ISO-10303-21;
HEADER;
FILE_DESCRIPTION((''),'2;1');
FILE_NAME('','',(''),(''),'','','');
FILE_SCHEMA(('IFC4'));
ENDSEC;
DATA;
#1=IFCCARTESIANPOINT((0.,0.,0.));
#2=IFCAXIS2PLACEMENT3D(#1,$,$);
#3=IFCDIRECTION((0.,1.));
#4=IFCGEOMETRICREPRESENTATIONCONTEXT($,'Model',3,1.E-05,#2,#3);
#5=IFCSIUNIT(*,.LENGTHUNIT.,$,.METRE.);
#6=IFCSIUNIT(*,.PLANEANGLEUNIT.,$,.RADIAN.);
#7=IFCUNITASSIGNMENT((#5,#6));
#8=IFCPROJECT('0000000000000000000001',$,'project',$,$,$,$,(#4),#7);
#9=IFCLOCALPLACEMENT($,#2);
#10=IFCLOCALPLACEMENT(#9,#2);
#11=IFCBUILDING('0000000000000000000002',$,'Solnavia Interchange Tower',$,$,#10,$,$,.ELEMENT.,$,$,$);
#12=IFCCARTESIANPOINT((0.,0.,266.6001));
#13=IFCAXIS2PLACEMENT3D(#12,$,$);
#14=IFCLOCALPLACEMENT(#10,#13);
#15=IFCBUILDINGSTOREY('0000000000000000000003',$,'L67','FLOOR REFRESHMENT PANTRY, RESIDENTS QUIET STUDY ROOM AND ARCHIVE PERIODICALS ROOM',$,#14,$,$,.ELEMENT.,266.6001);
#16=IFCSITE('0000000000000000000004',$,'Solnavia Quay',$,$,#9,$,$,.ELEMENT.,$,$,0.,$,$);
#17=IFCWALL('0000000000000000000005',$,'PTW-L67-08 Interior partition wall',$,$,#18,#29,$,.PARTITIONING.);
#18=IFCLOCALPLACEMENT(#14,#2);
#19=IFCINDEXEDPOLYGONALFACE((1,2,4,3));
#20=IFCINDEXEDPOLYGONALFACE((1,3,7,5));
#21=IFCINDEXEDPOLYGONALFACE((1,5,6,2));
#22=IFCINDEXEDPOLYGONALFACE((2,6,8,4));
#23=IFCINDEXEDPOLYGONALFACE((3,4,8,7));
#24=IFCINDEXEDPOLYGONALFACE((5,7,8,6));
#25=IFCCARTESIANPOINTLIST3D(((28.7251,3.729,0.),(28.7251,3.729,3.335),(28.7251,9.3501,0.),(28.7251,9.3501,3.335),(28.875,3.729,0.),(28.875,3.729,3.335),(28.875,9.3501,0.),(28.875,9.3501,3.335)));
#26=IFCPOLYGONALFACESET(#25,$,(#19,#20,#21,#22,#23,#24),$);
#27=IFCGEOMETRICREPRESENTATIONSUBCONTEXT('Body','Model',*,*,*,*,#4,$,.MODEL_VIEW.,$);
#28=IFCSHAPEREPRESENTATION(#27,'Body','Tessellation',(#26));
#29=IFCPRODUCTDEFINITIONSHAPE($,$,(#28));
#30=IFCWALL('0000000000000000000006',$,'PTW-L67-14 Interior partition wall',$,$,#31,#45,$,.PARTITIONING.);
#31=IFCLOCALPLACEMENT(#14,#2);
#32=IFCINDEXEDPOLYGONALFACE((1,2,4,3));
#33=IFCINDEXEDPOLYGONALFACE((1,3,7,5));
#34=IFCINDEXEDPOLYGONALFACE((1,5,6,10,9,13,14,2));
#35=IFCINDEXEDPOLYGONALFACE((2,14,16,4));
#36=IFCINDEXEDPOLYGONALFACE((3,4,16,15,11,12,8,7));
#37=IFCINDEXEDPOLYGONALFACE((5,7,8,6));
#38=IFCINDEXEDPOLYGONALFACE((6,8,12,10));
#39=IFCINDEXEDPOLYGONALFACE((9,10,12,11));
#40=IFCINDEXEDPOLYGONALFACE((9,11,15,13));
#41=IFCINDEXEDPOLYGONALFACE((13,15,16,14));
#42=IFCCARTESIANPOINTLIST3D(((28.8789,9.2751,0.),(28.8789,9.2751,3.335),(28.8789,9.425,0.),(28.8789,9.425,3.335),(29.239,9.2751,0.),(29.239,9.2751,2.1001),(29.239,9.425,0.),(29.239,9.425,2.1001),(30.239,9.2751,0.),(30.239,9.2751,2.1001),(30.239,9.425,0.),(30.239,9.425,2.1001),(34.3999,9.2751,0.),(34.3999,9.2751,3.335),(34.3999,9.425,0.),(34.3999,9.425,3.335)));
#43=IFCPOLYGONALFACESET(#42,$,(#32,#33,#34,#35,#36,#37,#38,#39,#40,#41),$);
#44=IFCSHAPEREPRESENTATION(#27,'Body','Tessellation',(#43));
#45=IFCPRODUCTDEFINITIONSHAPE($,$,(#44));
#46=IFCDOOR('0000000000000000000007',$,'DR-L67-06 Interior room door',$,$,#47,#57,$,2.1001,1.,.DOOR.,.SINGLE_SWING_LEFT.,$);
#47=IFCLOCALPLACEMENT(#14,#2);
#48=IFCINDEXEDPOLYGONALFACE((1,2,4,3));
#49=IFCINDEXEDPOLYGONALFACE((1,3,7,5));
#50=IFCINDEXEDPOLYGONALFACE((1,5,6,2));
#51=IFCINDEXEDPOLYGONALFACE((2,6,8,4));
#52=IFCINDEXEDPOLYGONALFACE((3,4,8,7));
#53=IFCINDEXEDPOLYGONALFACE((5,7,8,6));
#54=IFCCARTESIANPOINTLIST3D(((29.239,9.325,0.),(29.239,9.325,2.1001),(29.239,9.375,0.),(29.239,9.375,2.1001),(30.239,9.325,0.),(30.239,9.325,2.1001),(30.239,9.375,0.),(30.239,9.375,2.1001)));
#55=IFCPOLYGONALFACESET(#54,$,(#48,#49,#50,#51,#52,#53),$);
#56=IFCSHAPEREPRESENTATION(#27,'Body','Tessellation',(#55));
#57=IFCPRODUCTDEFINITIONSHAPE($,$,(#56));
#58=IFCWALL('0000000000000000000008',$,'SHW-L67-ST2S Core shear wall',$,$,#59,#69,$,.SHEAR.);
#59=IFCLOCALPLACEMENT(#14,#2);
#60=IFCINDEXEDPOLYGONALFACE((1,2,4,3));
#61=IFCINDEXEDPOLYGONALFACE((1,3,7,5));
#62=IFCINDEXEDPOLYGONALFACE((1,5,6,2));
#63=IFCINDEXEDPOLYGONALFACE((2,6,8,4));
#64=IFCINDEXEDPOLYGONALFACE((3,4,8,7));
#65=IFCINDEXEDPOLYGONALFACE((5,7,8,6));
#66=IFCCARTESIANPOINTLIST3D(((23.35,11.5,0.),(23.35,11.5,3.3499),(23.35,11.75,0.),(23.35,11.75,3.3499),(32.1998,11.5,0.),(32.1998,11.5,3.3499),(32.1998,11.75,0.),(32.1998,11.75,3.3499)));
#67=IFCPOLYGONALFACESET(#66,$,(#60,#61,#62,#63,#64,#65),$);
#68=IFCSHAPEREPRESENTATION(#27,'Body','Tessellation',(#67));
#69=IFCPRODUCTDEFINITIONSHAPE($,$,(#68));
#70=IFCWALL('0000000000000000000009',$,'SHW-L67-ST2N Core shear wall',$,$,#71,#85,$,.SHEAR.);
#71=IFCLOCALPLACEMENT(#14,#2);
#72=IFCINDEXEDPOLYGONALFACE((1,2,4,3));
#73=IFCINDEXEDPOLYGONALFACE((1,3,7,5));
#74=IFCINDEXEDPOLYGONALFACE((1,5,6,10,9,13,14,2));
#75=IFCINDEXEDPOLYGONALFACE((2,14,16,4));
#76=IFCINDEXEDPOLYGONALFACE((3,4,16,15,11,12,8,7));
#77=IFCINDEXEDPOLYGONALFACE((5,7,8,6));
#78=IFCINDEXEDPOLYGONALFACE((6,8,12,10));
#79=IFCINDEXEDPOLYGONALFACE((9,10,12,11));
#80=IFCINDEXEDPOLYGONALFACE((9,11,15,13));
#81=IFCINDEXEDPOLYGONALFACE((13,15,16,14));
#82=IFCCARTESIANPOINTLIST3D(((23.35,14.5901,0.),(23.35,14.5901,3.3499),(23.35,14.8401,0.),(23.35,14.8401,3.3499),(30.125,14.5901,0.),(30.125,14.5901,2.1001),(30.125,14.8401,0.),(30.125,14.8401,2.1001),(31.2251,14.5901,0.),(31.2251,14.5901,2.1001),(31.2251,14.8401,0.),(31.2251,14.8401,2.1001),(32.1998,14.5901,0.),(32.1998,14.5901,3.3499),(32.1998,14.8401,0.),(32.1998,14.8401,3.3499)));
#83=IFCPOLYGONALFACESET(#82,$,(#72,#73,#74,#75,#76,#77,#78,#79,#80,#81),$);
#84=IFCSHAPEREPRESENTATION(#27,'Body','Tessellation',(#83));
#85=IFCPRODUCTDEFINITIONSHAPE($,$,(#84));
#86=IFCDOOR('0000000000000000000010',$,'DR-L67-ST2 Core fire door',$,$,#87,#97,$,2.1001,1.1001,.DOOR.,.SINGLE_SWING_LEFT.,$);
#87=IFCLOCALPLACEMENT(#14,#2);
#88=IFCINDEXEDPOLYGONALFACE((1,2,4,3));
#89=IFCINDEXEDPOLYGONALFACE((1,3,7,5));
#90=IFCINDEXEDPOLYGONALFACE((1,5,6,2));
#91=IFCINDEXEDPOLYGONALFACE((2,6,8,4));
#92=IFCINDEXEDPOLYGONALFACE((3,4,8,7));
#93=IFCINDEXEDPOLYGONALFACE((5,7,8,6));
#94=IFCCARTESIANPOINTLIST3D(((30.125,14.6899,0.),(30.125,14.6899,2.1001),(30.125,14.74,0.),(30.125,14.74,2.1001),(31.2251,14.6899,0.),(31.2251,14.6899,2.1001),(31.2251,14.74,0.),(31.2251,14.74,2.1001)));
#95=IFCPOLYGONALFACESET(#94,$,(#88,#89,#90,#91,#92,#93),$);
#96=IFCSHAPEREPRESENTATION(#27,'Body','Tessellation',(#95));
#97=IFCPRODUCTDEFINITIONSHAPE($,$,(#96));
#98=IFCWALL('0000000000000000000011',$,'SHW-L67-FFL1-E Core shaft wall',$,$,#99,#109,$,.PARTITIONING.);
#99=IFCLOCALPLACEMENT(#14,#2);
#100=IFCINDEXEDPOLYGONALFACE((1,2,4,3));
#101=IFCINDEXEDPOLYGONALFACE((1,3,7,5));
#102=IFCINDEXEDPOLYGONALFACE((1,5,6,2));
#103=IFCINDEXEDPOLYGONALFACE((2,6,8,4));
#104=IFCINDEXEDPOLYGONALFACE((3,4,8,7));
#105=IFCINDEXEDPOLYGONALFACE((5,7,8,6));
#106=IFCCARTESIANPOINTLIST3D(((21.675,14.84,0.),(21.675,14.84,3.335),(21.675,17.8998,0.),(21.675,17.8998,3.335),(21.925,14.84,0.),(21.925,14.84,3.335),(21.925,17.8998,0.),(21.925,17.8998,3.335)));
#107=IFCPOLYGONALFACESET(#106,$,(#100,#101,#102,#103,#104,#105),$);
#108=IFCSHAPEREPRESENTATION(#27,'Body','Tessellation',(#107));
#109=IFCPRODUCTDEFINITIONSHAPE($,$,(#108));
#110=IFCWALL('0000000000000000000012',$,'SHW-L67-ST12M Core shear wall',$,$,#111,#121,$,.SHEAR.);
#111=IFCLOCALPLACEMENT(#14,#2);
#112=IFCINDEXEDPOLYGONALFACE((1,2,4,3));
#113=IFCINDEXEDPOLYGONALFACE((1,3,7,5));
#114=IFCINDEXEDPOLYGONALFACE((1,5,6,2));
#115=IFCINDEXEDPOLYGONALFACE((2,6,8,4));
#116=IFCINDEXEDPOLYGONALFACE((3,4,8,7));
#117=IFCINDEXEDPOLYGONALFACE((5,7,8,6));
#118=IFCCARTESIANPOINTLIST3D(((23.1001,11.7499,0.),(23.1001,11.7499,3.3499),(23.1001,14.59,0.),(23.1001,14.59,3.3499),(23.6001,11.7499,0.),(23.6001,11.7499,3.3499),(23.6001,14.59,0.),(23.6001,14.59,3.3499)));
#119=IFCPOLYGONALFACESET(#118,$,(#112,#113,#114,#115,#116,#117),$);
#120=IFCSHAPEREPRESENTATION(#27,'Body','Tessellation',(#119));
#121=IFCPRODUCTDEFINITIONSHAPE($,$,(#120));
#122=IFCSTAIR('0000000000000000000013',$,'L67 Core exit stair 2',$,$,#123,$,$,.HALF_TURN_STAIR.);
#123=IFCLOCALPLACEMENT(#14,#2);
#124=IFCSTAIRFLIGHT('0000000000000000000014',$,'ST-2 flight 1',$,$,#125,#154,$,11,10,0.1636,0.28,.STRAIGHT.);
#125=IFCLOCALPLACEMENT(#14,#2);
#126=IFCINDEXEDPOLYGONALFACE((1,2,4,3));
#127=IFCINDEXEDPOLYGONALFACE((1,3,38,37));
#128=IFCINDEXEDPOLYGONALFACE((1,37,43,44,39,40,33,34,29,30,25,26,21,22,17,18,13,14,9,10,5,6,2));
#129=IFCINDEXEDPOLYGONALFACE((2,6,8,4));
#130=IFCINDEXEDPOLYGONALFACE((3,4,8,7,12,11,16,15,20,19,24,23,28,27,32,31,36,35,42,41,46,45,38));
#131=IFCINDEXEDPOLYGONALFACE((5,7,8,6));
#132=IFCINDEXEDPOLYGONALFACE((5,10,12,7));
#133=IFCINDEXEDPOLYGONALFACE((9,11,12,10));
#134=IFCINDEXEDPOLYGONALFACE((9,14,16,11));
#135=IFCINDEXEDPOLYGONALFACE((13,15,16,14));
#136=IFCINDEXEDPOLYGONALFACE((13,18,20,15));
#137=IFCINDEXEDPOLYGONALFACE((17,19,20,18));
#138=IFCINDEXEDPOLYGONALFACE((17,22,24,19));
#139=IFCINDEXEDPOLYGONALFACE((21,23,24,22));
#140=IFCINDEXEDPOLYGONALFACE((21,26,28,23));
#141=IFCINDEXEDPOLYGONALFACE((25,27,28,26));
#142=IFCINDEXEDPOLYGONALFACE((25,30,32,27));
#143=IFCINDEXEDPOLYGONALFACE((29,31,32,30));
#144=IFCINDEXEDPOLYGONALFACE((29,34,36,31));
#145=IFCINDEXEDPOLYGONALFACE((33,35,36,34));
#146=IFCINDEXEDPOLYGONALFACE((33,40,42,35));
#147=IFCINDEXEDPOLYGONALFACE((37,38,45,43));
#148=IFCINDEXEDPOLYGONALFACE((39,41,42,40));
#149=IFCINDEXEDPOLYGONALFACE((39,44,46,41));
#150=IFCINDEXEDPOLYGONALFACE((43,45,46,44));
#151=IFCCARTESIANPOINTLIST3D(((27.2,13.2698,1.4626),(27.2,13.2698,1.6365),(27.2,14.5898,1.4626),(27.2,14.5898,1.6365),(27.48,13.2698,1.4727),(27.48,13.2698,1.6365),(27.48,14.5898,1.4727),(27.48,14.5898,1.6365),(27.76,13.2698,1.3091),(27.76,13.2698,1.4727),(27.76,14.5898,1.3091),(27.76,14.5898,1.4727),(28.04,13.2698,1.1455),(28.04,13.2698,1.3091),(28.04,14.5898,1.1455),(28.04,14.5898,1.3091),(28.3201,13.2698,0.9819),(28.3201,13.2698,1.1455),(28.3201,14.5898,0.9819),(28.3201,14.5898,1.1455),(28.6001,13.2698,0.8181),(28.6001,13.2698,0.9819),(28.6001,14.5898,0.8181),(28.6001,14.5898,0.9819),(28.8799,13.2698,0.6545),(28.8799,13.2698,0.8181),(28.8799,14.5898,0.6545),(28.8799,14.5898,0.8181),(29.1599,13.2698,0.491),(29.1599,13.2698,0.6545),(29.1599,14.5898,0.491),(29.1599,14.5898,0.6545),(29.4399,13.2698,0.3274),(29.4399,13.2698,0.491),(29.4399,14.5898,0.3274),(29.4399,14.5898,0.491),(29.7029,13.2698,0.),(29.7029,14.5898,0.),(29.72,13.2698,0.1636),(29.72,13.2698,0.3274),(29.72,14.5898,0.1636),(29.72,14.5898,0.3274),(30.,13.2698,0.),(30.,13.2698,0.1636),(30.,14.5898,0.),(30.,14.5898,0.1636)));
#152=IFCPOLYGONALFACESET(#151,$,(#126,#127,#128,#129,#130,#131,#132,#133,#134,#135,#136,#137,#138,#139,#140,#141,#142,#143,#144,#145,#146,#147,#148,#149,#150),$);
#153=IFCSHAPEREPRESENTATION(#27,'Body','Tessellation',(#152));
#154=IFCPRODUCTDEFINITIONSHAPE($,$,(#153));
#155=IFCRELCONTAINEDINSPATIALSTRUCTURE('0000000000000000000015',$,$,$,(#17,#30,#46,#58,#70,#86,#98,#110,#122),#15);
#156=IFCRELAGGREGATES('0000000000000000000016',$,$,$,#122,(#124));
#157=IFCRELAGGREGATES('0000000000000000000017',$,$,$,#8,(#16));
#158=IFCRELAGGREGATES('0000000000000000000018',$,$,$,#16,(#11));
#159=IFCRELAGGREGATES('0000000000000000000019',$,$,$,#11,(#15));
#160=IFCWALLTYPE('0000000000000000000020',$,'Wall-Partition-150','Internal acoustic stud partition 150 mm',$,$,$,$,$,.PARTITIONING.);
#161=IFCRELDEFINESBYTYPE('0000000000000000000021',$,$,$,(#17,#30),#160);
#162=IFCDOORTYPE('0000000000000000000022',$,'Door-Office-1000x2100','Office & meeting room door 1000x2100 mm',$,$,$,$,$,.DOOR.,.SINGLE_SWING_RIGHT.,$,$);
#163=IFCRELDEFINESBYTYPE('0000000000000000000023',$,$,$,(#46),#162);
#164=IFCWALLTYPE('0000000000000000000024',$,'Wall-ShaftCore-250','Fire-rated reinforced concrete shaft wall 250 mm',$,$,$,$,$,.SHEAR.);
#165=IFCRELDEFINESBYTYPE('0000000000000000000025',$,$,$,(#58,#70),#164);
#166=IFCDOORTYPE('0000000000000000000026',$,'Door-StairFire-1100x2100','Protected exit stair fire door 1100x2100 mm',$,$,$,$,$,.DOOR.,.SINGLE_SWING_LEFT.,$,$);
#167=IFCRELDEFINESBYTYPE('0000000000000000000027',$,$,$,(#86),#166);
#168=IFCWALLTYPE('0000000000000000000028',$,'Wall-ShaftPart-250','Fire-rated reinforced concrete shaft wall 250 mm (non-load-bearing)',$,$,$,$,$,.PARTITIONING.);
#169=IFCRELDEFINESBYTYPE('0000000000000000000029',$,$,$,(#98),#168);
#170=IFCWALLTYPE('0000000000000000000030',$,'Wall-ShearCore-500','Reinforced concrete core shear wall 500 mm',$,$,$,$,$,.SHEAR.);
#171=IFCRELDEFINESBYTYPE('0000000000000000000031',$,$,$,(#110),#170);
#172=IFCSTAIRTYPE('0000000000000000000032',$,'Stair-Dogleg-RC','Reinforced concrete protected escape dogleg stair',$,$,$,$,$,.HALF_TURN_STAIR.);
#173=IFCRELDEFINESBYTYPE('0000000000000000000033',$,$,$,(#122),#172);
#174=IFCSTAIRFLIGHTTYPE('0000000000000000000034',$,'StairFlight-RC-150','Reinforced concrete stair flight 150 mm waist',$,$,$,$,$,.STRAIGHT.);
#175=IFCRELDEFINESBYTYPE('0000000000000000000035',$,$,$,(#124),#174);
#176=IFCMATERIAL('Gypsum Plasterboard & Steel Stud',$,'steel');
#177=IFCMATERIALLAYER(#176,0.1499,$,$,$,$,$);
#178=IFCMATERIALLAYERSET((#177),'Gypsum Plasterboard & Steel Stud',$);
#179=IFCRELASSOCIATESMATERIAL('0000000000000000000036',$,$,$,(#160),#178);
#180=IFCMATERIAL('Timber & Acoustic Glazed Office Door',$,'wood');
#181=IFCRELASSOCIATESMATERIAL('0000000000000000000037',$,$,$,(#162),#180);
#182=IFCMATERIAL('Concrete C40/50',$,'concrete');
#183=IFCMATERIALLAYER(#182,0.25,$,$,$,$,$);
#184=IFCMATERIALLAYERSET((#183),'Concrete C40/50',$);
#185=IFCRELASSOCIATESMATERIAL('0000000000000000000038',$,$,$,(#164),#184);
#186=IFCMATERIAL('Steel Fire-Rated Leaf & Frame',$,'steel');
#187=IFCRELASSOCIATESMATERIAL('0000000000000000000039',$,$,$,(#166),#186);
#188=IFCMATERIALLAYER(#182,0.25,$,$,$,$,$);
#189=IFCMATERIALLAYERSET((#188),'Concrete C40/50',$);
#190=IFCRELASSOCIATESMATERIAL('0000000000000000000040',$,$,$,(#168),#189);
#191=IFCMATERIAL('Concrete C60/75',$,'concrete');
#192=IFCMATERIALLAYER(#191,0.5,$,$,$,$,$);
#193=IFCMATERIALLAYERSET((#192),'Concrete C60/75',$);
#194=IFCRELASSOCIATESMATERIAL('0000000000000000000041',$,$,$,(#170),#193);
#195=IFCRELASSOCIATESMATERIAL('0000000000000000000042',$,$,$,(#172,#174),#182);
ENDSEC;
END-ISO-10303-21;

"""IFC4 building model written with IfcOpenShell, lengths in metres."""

from ifc_helpers import new_model, si_unit, direction, frame, frame_2d, origin, place, context, subcontext, project, spatial, polyline, rectangle, outline, extrude, material, layer, layer_set, type_object, element, fill, aggregate, save


model = new_model("IFC4")

# Units and contexts
model_context = context("Model", 3, precision=1e-05, world=origin(), true_north=direction((0.0, 1.0)))
body_context = subcontext(model_context, "Body", "Model", "MODEL_VIEW")
ifc_project = project(units=[si_unit("LENGTHUNIT", "METRE"), si_unit("PLANEANGLEUNIT", "RADIAN")], contexts=[model_context])

# Site, building, storey
site_placement = place(None, origin())
site = spatial("IfcSite", under=ifc_project, at=site_placement, Name="Solnavia Quay", CompositionType="ELEMENT", RefElevation=0.0)
building_placement = place(site_placement, origin())
building = spatial("IfcBuilding", under=site, at=building_placement, Name="Solnavia Interchange Tower", CompositionType="ELEMENT")
storey_placement = place(building_placement, frame((0.0, 0.0, 266.6001)))
storey = spatial("IfcBuildingStorey", under=building, at=storey_placement, Name="L67", Description="FLOOR REFRESHMENT PANTRY, RESIDENTS QUIET STUDY ROOM AND ARCHIVE PERIODICALS ROOM", CompositionType="ELEMENT", Elevation=266.6001)

# Shared definitions
ifc_material_1 = material(Name="Concrete C40/50", Category="concrete")

# Wall
ifc_material_2 = material(Name="Gypsum Plasterboard & Steel Stud", Category="steel")
ifc_layer_1 = layer(ifc_material_2, 0.1499)
ifc_layer_set_1 = layer_set([ifc_layer_1], Name="Gypsum Plasterboard & Steel Stud")
wall_type_1 = type_object("IfcWallType", Name="Wall-Partition-150", Description="Internal acoustic stud partition 150 mm", PredefinedType="PARTITIONING", material=ifc_layer_set_1)
wall_1_placement = place(storey_placement, frame((28.8, 9.3501, 0.0), z_axis=(0.0, 0.0, 1.0), x_axis=(0.0, -1.0, 0.0)))
element("IfcWall", 1, at=wall_1_placement, inside=storey, type_object=wall_type_1, Name="PTW-L67-08 Interior partition wall", PredefinedType="PARTITIONING", context=body_context, shape_type="SweptSolid", body=[
    extrude(rectangle(XDim=5.6211, YDim=0.1499, at=frame_2d((2.8105, 0.0))), origin(), (0.0, 0.0, 1.0), 3.335),
])

# Wall, opening, door
wall_2_placement = place(storey_placement, frame((28.8789, 9.3501, 0.0), z_axis=(0.0, 0.0, 1.0), x_axis=(1.0, 0.0, 0.0)))
wall_2 = element("IfcWall", 2, at=wall_2_placement, inside=storey, type_object=wall_type_1, Name="PTW-L67-14 Interior partition wall", PredefinedType="PARTITIONING", context=body_context, shape_type="SweptSolid", body=[
    extrude(rectangle(XDim=5.521, YDim=0.1499, at=frame_2d((2.7605, 0.0))), origin(), (0.0, 0.0, 1.0), 3.335),
])
opening_1_placement = place(wall_2_placement, frame((0.3601, 0.0, 0.0)))
opening_1 = element("IfcOpeningElement", 3, at=opening_1_placement, cuts=wall_2, PredefinedType="OPENING", context=body_context, shape_type="SweptSolid", body=[
    extrude(rectangle(XDim=1.0, YDim=2.1001, at=frame_2d((0.5, 1.05))), frame((0.0, 0.085, 0.0), z_axis=(0.0, -1.0, 0.0), x_axis=(1.0, 0.0, 0.0)), (0.0, 0.0, 1.0), 0.1699),
])
ifc_material_3 = material(Name="Timber & Acoustic Glazed Office Door", Category="wood")
door_type_1 = type_object("IfcDoorType", Name="Door-Office-1000x2100", Description="Office & meeting room door 1000x2100 mm", OperationType="SINGLE_SWING_RIGHT", PredefinedType="DOOR", material=ifc_material_3)
door_1_placement = place(opening_1_placement, origin())
door_1 = element("IfcDoor", 4, at=door_1_placement, inside=storey, type_object=door_type_1, Name="DR-L67-06 Interior room door", OperationType="SINGLE_SWING_LEFT", OverallHeight=2.1001, OverallWidth=1.0, PredefinedType="DOOR", context=body_context, shape_type="SweptSolid", body=[
    extrude(rectangle(XDim=1.0, YDim=2.1001, at=frame_2d((0.5, 1.05))), frame((0.0, 0.0249, 0.0), z_axis=(0.0, -1.0, 0.0), x_axis=(1.0, 0.0, 0.0)), (0.0, 0.0, 1.0), 0.05),
])
fill(opening_1, door_1)

# Wall
ifc_layer_2 = layer(ifc_material_1, 0.25)
ifc_layer_set_2 = layer_set([ifc_layer_2], Name="Concrete C40/50")
wall_type_2 = type_object("IfcWallType", Name="Wall-ShaftCore-250", Description="Fire-rated reinforced concrete shaft wall 250 mm", PredefinedType="SHEAR", material=ifc_layer_set_2)
wall_3_placement = place(storey_placement, frame((23.3501, 11.625, 0.0), z_axis=(0.0, 0.0, 1.0), x_axis=(1.0, 0.0, 0.0)))
element("IfcWall", 5, at=wall_3_placement, inside=storey, type_object=wall_type_2, Name="SHW-L67-ST2S Core shear wall", PredefinedType="SHEAR", context=body_context, shape_type="SweptSolid", body=[
    extrude(rectangle(XDim=8.8499, YDim=0.25, at=frame_2d((4.4248, 0.0))), origin(), (0.0, 0.0, 1.0), 3.3499),
])

# Wall, opening, door
wall_4_placement = place(storey_placement, frame((23.3501, 14.7151, 0.0), z_axis=(0.0, 0.0, 1.0), x_axis=(1.0, 0.0, 0.0)))
wall_4 = element("IfcWall", 6, at=wall_4_placement, inside=storey, type_object=wall_type_2, Name="SHW-L67-ST2N Core shear wall", PredefinedType="SHEAR", context=body_context, shape_type="SweptSolid", body=[
    extrude(rectangle(XDim=8.8499, YDim=0.25, at=frame_2d((4.4248, 0.0))), origin(), (0.0, 0.0, 1.0), 3.3499),
])
opening_2_placement = place(wall_4_placement, frame((6.7749, 0.0, 0.0)))
opening_2 = element("IfcOpeningElement", 7, at=opening_2_placement, cuts=wall_4, PredefinedType="OPENING", context=body_context, shape_type="SweptSolid", body=[
    extrude(rectangle(XDim=1.1001, YDim=2.1001, at=frame_2d((0.55, 1.05))), frame((0.0, 0.135, 0.0), z_axis=(0.0, -1.0, 0.0), x_axis=(1.0, 0.0, 0.0)), (0.0, 0.0, 1.0), 0.27),
])
ifc_material_4 = material(Name="Steel Fire-Rated Leaf & Frame", Category="steel")
door_type_2 = type_object("IfcDoorType", Name="Door-StairFire-1100x2100", Description="Protected exit stair fire door 1100x2100 mm", OperationType="SINGLE_SWING_LEFT", PredefinedType="DOOR", material=ifc_material_4)
door_2_placement = place(opening_2_placement, origin())
door_2 = element("IfcDoor", 8, at=door_2_placement, inside=storey, type_object=door_type_2, Name="DR-L67-ST2 Core fire door", OperationType="SINGLE_SWING_LEFT", OverallHeight=2.1001, OverallWidth=1.1001, PredefinedType="DOOR", context=body_context, shape_type="SweptSolid", body=[
    extrude(rectangle(XDim=1.1001, YDim=2.1001, at=frame_2d((0.55, 1.05))), frame((0.0, 0.0249, 0.0), z_axis=(0.0, -1.0, 0.0), x_axis=(1.0, 0.0, 0.0)), (0.0, 0.0, 1.0), 0.05),
])
fill(opening_2, door_2)

# Walls
ifc_layer_3 = layer(ifc_material_1, 0.25)
ifc_layer_set_3 = layer_set([ifc_layer_3], Name="Concrete C40/50")
wall_type_3 = type_object("IfcWallType", Name="Wall-ShaftPart-250", Description="Fire-rated reinforced concrete shaft wall 250 mm (non-load-bearing)", PredefinedType="PARTITIONING", material=ifc_layer_set_3)
wall_5_placement = place(storey_placement, frame((21.8, 14.8401, 0.0), z_axis=(0.0, 0.0, 1.0), x_axis=(0.0, 1.0, 0.0)))
element("IfcWall", 9, at=wall_5_placement, inside=storey, type_object=wall_type_3, Name="SHW-L67-FFL1-E Core shaft wall", PredefinedType="PARTITIONING", context=body_context, shape_type="SweptSolid", body=[
    extrude(rectangle(XDim=3.0598, YDim=0.25, at=frame_2d((1.5298, 0.0))), origin(), (0.0, 0.0, 1.0), 3.335),
])
ifc_material_5 = material(Name="Concrete C60/75", Category="concrete")
ifc_layer_4 = layer(ifc_material_5, 0.5)
ifc_layer_set_4 = layer_set([ifc_layer_4], Name="Concrete C60/75")
wall_type_4 = type_object("IfcWallType", Name="Wall-ShearCore-500", Description="Reinforced concrete core shear wall 500 mm", PredefinedType="SHEAR", material=ifc_layer_set_4)
wall_6_placement = place(storey_placement, frame((23.3501, 11.75, 0.0), z_axis=(0.0, 0.0, 1.0), x_axis=(0.0, 1.0, 0.0)))
element("IfcWall", 10, at=wall_6_placement, inside=storey, type_object=wall_type_4, Name="SHW-L67-ST12M Core shear wall", PredefinedType="SHEAR", context=body_context, shape_type="SweptSolid", body=[
    extrude(rectangle(XDim=2.8401, YDim=0.5, at=frame_2d((1.4199, 0.0))), origin(), (0.0, 0.0, 1.0), 3.3499),
])

# Stair, stair flight
stair_type = type_object("IfcStairType", Name="Stair-Dogleg-RC", Description="Reinforced concrete protected escape dogleg stair", PredefinedType="HALF_TURN_STAIR", material=ifc_material_1)
stair_placement = place(storey_placement, origin())
stair = element("IfcStair", 11, at=stair_placement, inside=storey, type_object=stair_type, Name="L67 Core exit stair 2", PredefinedType="HALF_TURN_STAIR")
stair_flight_type = type_object("IfcStairFlightType", Name="StairFlight-RC-150", Description="Reinforced concrete stair flight 150 mm waist", PredefinedType="STRAIGHT", material=ifc_material_1)
stair_flight_1_placement = place(storey_placement, frame((30.0, 13.9299, 0.0), z_axis=(0.0, 0.0, 1.0), x_axis=(-1.0, 0.0, 0.0)))
stair_flight_1 = element("IfcStairFlight", 12, at=stair_flight_1_placement, type_object=stair_flight_type, Name="ST-2 flight 1", NumberOfRisers=11, NumberOfTreads=10, PredefinedType="STRAIGHT", RiserHeight=0.1636, TreadLength=0.28, context=body_context, shape_type="SweptSolid", body=[
    extrude(outline(polyline([(0.0, 0.0), (0.0, 0.1636), (0.28, 0.1636), (0.28, 0.3274), (0.5601, 0.3274), (0.5601, 0.491), (0.8401, 0.491), (0.8401, 0.6545), (1.1201, 0.6545), (1.1201, 0.8181), (1.3999, 0.8181), (1.3999, 0.9819), (1.6799, 0.9819), (1.6799, 1.1455), (1.96, 1.1455), (1.96, 1.3091), (2.24, 1.3091), (2.24, 1.4727), (2.52, 1.4727), (2.52, 1.6365), (2.8, 1.6365), (2.8, 1.8), (2.8, 1.4626), (0.2971, 0.0), (0.0, 0.0)])), frame((0.0, 0.6602, 0.0), z_axis=(0.0, -1.0, 0.0), x_axis=(1.0, 0.0, 0.0)), (0.0, 0.0, 1.0), 1.3201),
])
aggregate(stair, [stair_flight_1])

save(model, "model.ifc")
